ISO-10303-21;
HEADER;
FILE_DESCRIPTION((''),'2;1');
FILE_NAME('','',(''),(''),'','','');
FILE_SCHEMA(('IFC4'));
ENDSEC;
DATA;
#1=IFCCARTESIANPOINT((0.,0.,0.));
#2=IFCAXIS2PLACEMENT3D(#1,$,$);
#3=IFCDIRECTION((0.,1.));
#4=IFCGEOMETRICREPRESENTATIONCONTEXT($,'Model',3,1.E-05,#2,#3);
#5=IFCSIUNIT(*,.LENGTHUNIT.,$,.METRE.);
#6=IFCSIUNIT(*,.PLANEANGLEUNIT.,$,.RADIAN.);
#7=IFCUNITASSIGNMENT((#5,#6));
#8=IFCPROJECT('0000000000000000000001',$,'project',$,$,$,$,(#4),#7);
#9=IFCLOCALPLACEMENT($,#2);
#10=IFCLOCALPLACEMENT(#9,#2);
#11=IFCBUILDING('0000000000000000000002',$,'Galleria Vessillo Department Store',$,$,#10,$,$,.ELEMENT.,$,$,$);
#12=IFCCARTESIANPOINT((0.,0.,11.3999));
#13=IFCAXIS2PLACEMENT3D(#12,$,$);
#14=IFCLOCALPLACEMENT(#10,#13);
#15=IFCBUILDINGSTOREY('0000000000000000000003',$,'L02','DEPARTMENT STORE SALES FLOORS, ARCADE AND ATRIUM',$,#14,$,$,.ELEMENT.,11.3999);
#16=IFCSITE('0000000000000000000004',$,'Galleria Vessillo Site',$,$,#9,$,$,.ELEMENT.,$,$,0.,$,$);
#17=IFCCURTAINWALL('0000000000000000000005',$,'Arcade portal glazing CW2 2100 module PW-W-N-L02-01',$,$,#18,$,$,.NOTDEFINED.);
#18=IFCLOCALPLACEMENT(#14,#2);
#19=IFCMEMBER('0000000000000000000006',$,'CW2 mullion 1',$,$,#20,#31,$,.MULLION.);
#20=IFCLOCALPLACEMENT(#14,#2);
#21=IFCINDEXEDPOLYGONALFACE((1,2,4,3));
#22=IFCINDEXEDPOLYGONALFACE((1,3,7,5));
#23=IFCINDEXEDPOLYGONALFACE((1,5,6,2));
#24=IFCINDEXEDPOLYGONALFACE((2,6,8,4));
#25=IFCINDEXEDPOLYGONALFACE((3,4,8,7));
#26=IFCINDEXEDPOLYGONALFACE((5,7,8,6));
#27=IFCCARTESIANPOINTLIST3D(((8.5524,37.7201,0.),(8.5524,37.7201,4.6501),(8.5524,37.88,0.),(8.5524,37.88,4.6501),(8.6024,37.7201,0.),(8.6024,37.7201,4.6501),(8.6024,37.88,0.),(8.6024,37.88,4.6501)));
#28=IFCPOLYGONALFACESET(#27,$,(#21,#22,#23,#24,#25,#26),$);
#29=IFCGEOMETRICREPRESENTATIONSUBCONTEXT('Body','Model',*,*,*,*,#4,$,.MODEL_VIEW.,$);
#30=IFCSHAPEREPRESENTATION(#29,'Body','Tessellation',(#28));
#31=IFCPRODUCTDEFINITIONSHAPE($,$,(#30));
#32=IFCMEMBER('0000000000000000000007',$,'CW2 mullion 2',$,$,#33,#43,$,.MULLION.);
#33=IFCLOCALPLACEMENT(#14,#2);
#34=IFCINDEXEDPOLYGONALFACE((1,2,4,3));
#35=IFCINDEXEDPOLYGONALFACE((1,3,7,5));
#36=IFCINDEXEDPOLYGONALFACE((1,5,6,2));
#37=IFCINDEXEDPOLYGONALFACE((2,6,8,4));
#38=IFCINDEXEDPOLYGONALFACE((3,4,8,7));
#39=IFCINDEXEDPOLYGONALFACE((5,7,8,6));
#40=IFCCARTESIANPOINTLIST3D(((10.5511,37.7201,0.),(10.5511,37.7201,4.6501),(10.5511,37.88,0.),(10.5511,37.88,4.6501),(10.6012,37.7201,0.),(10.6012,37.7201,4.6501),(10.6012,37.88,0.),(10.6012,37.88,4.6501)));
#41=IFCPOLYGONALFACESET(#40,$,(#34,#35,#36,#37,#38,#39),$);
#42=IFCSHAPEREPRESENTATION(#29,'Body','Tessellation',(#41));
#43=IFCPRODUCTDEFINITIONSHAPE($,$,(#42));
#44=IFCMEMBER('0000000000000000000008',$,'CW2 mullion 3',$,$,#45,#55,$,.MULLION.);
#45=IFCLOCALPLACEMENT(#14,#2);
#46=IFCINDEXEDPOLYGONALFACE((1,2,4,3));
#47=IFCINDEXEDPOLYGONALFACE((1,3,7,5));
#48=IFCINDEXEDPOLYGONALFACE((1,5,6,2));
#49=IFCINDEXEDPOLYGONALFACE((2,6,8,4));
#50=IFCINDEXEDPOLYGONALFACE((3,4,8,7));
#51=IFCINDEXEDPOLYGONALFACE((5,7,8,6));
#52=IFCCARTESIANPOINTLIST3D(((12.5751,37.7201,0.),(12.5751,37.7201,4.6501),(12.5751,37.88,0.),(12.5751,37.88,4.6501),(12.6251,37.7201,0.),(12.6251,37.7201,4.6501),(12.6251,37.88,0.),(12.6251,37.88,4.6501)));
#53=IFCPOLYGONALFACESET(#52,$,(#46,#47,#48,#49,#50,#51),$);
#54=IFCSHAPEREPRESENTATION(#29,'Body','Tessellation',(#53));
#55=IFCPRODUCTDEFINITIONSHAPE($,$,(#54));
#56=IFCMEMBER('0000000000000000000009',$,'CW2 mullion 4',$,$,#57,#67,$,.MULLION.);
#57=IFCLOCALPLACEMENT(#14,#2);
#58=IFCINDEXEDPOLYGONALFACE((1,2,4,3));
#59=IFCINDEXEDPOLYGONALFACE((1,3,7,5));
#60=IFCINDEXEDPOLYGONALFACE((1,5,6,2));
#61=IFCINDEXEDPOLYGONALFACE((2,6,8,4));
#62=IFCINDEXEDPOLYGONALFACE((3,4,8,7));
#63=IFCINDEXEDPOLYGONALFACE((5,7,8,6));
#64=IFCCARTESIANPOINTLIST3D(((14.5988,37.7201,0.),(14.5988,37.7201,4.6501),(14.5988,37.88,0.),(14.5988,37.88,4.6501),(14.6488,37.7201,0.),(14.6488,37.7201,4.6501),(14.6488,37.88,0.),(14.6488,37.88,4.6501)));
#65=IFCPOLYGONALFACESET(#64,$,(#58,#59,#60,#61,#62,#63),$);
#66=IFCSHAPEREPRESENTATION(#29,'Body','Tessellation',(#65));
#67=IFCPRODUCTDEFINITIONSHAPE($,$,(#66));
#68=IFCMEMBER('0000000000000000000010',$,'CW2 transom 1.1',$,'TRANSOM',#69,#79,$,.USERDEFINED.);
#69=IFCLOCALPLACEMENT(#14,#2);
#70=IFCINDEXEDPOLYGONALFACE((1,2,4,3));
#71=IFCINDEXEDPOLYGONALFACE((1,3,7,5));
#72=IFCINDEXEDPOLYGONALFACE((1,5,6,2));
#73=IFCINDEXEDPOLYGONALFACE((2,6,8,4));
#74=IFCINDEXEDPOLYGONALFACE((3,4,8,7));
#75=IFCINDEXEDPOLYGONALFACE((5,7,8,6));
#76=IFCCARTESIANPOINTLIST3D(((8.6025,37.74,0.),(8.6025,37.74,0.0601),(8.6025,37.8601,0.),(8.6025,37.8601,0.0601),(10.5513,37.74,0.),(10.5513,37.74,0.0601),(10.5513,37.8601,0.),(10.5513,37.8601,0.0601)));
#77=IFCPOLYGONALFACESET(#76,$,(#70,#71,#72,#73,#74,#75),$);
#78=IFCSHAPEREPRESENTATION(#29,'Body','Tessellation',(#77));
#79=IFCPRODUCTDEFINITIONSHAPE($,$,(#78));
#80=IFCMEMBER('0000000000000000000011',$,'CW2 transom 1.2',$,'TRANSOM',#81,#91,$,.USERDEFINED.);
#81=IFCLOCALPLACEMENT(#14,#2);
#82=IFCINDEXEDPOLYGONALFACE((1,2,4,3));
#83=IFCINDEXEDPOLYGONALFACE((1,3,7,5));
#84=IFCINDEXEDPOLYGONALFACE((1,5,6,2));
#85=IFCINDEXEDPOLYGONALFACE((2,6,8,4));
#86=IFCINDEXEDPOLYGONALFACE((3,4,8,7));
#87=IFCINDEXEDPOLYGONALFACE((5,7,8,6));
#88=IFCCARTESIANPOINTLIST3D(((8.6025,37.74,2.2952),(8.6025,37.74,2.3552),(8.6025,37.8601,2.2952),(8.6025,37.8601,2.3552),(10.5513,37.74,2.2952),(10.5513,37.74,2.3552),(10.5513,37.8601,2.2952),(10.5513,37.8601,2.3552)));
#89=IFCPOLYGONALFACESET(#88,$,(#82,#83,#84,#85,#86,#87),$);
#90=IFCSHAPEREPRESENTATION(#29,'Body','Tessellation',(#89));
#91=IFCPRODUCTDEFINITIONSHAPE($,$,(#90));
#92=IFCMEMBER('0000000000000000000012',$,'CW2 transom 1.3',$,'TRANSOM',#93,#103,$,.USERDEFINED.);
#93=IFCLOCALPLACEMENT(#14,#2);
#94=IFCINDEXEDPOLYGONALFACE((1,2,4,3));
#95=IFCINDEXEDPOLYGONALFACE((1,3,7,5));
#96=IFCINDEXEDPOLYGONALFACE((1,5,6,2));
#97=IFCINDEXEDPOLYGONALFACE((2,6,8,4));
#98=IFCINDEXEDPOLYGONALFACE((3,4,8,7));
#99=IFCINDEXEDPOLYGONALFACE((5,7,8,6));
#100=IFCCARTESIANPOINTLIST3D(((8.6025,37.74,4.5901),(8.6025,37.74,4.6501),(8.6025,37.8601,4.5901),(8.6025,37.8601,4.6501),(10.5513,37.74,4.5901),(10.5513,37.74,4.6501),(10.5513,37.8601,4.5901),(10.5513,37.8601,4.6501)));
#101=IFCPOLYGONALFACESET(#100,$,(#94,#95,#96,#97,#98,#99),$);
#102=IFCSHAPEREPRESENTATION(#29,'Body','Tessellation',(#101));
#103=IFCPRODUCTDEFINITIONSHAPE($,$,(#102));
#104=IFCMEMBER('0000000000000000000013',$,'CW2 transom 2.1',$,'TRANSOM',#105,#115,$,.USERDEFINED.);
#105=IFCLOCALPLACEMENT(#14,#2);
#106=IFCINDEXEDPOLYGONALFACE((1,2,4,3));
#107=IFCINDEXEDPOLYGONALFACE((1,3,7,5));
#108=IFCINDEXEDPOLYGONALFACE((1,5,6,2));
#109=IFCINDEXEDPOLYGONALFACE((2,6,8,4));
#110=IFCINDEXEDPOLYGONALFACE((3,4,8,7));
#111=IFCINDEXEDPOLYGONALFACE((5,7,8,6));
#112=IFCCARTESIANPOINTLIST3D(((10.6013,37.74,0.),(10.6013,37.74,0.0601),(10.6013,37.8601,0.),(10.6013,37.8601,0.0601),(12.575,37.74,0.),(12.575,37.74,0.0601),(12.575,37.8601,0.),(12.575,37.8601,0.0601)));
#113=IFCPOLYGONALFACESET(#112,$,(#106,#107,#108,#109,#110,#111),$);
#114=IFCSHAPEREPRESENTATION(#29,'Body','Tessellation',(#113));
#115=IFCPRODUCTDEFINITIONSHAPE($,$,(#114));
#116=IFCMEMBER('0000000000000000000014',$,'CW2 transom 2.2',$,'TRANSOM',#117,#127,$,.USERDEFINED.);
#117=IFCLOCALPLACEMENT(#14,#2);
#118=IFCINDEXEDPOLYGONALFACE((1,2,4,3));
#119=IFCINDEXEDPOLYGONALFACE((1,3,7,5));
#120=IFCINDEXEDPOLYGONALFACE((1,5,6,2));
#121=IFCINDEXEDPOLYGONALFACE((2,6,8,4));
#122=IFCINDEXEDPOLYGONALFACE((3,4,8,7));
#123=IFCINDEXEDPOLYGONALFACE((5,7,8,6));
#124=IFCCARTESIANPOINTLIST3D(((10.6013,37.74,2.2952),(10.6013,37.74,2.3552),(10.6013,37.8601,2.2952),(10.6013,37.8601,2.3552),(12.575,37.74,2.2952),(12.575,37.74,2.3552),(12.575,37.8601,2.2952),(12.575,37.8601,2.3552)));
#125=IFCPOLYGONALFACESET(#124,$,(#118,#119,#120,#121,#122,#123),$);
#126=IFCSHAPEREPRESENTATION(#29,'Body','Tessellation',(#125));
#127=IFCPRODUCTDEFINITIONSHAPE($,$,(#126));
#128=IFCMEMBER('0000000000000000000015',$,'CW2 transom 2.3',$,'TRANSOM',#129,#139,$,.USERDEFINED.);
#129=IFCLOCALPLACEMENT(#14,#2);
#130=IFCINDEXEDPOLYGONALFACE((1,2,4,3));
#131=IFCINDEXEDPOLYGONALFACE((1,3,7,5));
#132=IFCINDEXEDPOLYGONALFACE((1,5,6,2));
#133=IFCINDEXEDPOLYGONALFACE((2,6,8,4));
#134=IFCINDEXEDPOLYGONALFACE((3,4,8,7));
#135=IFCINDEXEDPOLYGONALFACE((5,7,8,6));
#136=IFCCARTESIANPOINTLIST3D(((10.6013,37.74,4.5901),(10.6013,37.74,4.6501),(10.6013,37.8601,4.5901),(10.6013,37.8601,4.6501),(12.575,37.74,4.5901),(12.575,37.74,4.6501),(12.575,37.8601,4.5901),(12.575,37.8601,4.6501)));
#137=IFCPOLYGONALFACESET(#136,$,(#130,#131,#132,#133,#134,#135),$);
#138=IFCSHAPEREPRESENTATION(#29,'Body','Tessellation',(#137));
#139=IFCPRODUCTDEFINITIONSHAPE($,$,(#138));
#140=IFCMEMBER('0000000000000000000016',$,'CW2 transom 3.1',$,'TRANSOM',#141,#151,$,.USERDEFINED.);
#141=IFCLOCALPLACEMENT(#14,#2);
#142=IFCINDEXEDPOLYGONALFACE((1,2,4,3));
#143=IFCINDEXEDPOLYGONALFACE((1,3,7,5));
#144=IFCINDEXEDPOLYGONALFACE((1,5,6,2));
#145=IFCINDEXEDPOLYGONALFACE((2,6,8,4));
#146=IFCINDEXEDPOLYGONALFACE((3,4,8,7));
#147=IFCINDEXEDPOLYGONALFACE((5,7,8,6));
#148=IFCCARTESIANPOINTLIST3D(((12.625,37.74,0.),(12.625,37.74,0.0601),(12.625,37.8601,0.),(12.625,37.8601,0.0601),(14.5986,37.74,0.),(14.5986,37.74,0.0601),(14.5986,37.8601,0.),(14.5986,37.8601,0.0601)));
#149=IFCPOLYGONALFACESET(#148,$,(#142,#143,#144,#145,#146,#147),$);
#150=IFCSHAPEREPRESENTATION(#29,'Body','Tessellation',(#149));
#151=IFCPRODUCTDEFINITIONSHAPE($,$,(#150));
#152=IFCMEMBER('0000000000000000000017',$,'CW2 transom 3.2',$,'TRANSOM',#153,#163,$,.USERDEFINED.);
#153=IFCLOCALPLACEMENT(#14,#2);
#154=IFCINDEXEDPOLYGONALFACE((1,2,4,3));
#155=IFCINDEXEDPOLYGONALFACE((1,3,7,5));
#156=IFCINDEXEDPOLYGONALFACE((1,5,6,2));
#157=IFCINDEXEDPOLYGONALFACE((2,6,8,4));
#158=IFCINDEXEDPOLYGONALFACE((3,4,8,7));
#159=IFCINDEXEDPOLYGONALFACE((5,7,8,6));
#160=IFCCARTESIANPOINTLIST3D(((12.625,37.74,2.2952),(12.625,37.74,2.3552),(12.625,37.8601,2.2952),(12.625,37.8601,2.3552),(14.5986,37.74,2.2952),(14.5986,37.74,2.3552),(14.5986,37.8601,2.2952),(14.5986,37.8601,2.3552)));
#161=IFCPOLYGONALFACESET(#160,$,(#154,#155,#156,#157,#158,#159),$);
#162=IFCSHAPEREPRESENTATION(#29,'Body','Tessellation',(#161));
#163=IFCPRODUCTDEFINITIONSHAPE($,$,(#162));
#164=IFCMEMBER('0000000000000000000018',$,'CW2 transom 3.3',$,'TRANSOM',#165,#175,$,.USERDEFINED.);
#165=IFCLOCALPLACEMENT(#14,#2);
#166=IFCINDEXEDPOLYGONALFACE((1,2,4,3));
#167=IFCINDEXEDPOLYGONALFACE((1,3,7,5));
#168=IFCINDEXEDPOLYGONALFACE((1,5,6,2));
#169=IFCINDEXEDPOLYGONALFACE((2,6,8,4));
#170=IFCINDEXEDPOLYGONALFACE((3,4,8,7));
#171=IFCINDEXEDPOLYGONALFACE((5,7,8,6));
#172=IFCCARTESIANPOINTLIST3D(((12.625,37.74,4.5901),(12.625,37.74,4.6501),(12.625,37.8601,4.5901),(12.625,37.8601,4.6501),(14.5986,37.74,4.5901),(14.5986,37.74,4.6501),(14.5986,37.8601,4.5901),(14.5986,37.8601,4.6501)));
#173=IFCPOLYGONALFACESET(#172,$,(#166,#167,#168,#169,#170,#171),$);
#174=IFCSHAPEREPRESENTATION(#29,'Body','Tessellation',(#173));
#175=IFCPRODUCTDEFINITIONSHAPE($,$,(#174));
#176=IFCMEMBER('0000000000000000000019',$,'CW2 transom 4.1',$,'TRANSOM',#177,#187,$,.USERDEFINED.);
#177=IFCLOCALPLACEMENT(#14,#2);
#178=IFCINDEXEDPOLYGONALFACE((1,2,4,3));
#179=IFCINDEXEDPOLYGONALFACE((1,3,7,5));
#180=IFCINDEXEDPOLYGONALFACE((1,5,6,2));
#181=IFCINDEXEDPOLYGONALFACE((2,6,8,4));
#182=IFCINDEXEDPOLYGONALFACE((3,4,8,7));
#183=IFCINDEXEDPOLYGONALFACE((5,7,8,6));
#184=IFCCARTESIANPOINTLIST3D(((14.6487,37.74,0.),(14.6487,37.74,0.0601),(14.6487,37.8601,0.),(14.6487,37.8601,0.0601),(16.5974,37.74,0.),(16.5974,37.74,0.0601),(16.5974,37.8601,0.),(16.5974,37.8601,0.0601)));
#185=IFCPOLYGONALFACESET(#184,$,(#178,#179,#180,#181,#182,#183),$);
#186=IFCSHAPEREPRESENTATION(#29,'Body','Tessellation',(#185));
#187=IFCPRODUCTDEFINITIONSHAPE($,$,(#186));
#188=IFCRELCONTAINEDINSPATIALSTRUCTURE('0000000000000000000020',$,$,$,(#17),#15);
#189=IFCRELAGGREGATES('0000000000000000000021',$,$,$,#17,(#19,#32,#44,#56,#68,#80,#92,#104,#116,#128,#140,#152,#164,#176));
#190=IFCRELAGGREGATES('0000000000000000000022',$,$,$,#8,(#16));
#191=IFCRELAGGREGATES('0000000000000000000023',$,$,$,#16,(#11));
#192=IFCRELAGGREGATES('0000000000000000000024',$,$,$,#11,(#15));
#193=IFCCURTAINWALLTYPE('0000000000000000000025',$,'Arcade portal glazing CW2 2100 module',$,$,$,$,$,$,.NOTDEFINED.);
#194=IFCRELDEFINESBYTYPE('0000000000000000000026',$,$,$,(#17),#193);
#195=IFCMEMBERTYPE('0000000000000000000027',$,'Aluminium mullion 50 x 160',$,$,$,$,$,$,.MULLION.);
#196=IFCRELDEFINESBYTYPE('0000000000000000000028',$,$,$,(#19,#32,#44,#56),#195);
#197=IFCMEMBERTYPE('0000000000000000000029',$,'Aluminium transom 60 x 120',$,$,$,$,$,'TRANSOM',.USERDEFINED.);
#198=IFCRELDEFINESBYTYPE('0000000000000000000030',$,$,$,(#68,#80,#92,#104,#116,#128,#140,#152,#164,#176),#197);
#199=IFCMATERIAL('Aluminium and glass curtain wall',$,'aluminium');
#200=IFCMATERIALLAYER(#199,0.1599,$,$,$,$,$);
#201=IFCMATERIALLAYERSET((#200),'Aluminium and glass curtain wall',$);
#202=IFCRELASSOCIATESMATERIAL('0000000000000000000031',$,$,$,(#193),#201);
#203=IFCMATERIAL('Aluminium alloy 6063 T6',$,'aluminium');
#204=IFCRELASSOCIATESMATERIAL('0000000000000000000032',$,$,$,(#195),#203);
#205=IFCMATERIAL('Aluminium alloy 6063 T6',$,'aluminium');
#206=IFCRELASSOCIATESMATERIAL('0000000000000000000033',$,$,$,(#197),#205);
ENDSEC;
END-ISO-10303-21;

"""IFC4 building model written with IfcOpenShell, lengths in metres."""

from ifc_helpers import new_model, si_unit, direction, frame, origin, origin_2d, place, context, subcontext, project, spatial, rectangle, extrude, material, layer, layer_set, material_profile, profile_set, type_object, element, aggregate, save


model = new_model("IFC4")

# Units and contexts
model_context = context("Model", 3, precision=1e-05, world=origin(), true_north=direction((0.0, 1.0)))
body_context = subcontext(model_context, "Body", "Model", "MODEL_VIEW")
ifc_project = project(units=[si_unit("LENGTHUNIT", "METRE"), si_unit("PLANEANGLEUNIT", "RADIAN")], contexts=[model_context])

# Site, building, storey
site_placement = place(None, origin())
site = spatial("IfcSite", under=ifc_project, at=site_placement, Name="Galleria Vessillo Site", CompositionType="ELEMENT", RefElevation=0.0)
building_placement = place(site_placement, origin())
building = spatial("IfcBuilding", under=site, at=building_placement, Name="Galleria Vessillo Department Store", CompositionType="ELEMENT")
storey_placement = place(building_placement, frame((0.0, 0.0, 11.3999)))
storey = spatial("IfcBuildingStorey", under=building, at=storey_placement, Name="L02", Description="DEPARTMENT STORE SALES FLOORS, ARCADE AND ATRIUM", CompositionType="ELEMENT", Elevation=11.3999)

# Curtain wall, members
ifc_material_1 = material(Name="Aluminium and glass curtain wall", Category="aluminium")
ifc_layer_1 = layer(ifc_material_1, 0.1599)
ifc_layer_set_1 = layer_set([ifc_layer_1], Name="Aluminium and glass curtain wall")
curtain_wall_type_1 = type_object("IfcCurtainWallType", Name="Arcade portal glazing CW2 2100 module", PredefinedType="NOTDEFINED", material=ifc_layer_set_1)
curtain_wall_1_placement = place(storey_placement, origin())
curtain_wall_1 = element("IfcCurtainWall", 1, at=curtain_wall_1_placement, inside=storey, type_object=curtain_wall_type_1, Name="Arcade portal glazing CW2 2100 module PW-W-N-L02-01", PredefinedType="NOTDEFINED")
ifc_material_2 = material(Name="Aluminium alloy 6063 T6", Category="aluminium")
ifc_material_profile_1 = material_profile(ifc_material_2, rectangle(XDim=0.1599, YDim=0.05, at=origin_2d()), Name="AL 50x160")
ifc_profile_set_1 = profile_set([ifc_material_profile_1], Name="Aluminium alloy 6063 T6")
member_type_1 = type_object("IfcMemberType", Name="Aluminium mullion 50 x 160", PredefinedType="MULLION", material=ifc_profile_set_1)
member_1_placement = place(storey_placement, frame((8.5774, 37.8, 0.0), z_axis=(0.0, 0.0, 1.0), x_axis=(0.0, 1.0, 0.0)))
member_1 = element("IfcMember", 2, at=member_1_placement, type_object=member_type_1, Name="CW2 mullion 1", PredefinedType="MULLION", context=body_context, shape_type="SweptSolid", body=[
    extrude(rectangle(XDim=0.1599, YDim=0.05, at=origin_2d()), origin(), (0.0, 0.0, 1.0), 4.6501),
])
member_2_placement = place(storey_placement, frame((10.5762, 37.8, 0.0), z_axis=(0.0, 0.0, 1.0), x_axis=(0.0, 1.0, 0.0)))
member_2 = element("IfcMember", 3, at=member_2_placement, type_object=member_type_1, Name="CW2 mullion 2", PredefinedType="MULLION", context=body_context, shape_type="SweptSolid", body=[
    extrude(rectangle(XDim=0.1599, YDim=0.05, at=origin_2d()), origin(), (0.0, 0.0, 1.0), 4.6501),
])
member_3_placement = place(storey_placement, frame((12.6001, 37.8, 0.0), z_axis=(0.0, 0.0, 1.0), x_axis=(0.0, 1.0, 0.0)))
member_3 = element("IfcMember", 4, at=member_3_placement, type_object=member_type_1, Name="CW2 mullion 3", PredefinedType="MULLION", context=body_context, shape_type="SweptSolid", body=[
    extrude(rectangle(XDim=0.1599, YDim=0.05, at=origin_2d()), origin(), (0.0, 0.0, 1.0), 4.6501),
])
member_4_placement = place(storey_placement, frame((14.6238, 37.8, 0.0), z_axis=(0.0, 0.0, 1.0), x_axis=(0.0, 1.0, 0.0)))
member_4 = element("IfcMember", 5, at=member_4_placement, type_object=member_type_1, Name="CW2 mullion 4", PredefinedType="MULLION", context=body_context, shape_type="SweptSolid", body=[
    extrude(rectangle(XDim=0.1599, YDim=0.05, at=origin_2d()), origin(), (0.0, 0.0, 1.0), 4.6501),
])
ifc_material_3 = material(Name="Aluminium alloy 6063 T6", Category="aluminium")
ifc_material_profile_2 = material_profile(ifc_material_3, rectangle(XDim=0.1201, YDim=0.0601, at=origin_2d()), Name="AL 60x120")
ifc_profile_set_2 = profile_set([ifc_material_profile_2], Name="Aluminium alloy 6063 T6")
member_type_2 = type_object("IfcMemberType", Name="Aluminium transom 60 x 120", ElementType="TRANSOM", PredefinedType="USERDEFINED", material=ifc_profile_set_2)
member_5_placement = place(storey_placement, frame((8.6025, 37.8, 0.03), z_axis=(1.0, 0.0, 0.0), x_axis=(0.0, 1.0, 0.0)))
member_5 = element("IfcMember", 6, at=member_5_placement, type_object=member_type_2, Name="CW2 transom 1.1", ObjectType="TRANSOM", PredefinedType="USERDEFINED", context=body_context, shape_type="SweptSolid", body=[
    extrude(rectangle(XDim=0.1201, YDim=0.0601, at=origin_2d()), origin(), (0.0, 0.0, 1.0), 1.9487),
])
member_6_placement = place(storey_placement, frame((8.6025, 37.8, 2.3252), z_axis=(1.0, 0.0, 0.0), x_axis=(0.0, 1.0, 0.0)))
member_6 = element("IfcMember", 7, at=member_6_placement, type_object=member_type_2, Name="CW2 transom 1.2", ObjectType="TRANSOM", PredefinedType="USERDEFINED", context=body_context, shape_type="SweptSolid", body=[
    extrude(rectangle(XDim=0.1201, YDim=0.0601, at=origin_2d()), origin(), (0.0, 0.0, 1.0), 1.9487),
])
member_7_placement = place(storey_placement, frame((8.6025, 37.8, 4.6201), z_axis=(1.0, 0.0, 0.0), x_axis=(0.0, 1.0, 0.0)))
member_7 = element("IfcMember", 8, at=member_7_placement, type_object=member_type_2, Name="CW2 transom 1.3", ObjectType="TRANSOM", PredefinedType="USERDEFINED", context=body_context, shape_type="SweptSolid", body=[
    extrude(rectangle(XDim=0.1201, YDim=0.0601, at=origin_2d()), origin(), (0.0, 0.0, 1.0), 1.9487),
])
member_8_placement = place(storey_placement, frame((10.6013, 37.8, 0.03), z_axis=(1.0, 0.0, 0.0), x_axis=(0.0, 1.0, 0.0)))
member_8 = element("IfcMember", 9, at=member_8_placement, type_object=member_type_2, Name="CW2 transom 2.1", ObjectType="TRANSOM", PredefinedType="USERDEFINED", context=body_context, shape_type="SweptSolid", body=[
    extrude(rectangle(XDim=0.1201, YDim=0.0601, at=origin_2d()), origin(), (0.0, 0.0, 1.0), 1.9736),
])
member_9_placement = place(storey_placement, frame((10.6013, 37.8, 2.3252), z_axis=(1.0, 0.0, 0.0), x_axis=(0.0, 1.0, 0.0)))
member_9 = element("IfcMember", 10, at=member_9_placement, type_object=member_type_2, Name="CW2 transom 2.2", ObjectType="TRANSOM", PredefinedType="USERDEFINED", context=body_context, shape_type="SweptSolid", body=[
    extrude(rectangle(XDim=0.1201, YDim=0.0601, at=origin_2d()), origin(), (0.0, 0.0, 1.0), 1.9736),
])
member_10_placement = place(storey_placement, frame((10.6013, 37.8, 4.6201), z_axis=(1.0, 0.0, 0.0), x_axis=(0.0, 1.0, 0.0)))
member_10 = element("IfcMember", 11, at=member_10_placement, type_object=member_type_2, Name="CW2 transom 2.3", ObjectType="TRANSOM", PredefinedType="USERDEFINED", context=body_context, shape_type="SweptSolid", body=[
    extrude(rectangle(XDim=0.1201, YDim=0.0601, at=origin_2d()), origin(), (0.0, 0.0, 1.0), 1.9736),
])
member_11_placement = place(storey_placement, frame((12.625, 37.8, 0.03), z_axis=(1.0, 0.0, 0.0), x_axis=(0.0, 1.0, 0.0)))
member_11 = element("IfcMember", 12, at=member_11_placement, type_object=member_type_2, Name="CW2 transom 3.1", ObjectType="TRANSOM", PredefinedType="USERDEFINED", context=body_context, shape_type="SweptSolid", body=[
    extrude(rectangle(XDim=0.1201, YDim=0.0601, at=origin_2d()), origin(), (0.0, 0.0, 1.0), 1.9736),
])
member_12_placement = place(storey_placement, frame((12.625, 37.8, 2.3252), z_axis=(1.0, 0.0, 0.0), x_axis=(0.0, 1.0, 0.0)))
member_12 = element("IfcMember", 13, at=member_12_placement, type_object=member_type_2, Name="CW2 transom 3.2", ObjectType="TRANSOM", PredefinedType="USERDEFINED", context=body_context, shape_type="SweptSolid", body=[
    extrude(rectangle(XDim=0.1201, YDim=0.0601, at=origin_2d()), origin(), (0.0, 0.0, 1.0), 1.9736),
])
member_13_placement = place(storey_placement, frame((12.625, 37.8, 4.6201), z_axis=(1.0, 0.0, 0.0), x_axis=(0.0, 1.0, 0.0)))
member_13 = element("IfcMember", 14, at=member_13_placement, type_object=member_type_2, Name="CW2 transom 3.3", ObjectType="TRANSOM", PredefinedType="USERDEFINED", context=body_context, shape_type="SweptSolid", body=[
    extrude(rectangle(XDim=0.1201, YDim=0.0601, at=origin_2d()), origin(), (0.0, 0.0, 1.0), 1.9736),
])
member_14_placement = place(storey_placement, frame((14.6487, 37.8, 0.03), z_axis=(1.0, 0.0, 0.0), x_axis=(0.0, 1.0, 0.0)))
member_14 = element("IfcMember", 15, at=member_14_placement, type_object=member_type_2, Name="CW2 transom 4.1", ObjectType="TRANSOM", PredefinedType="USERDEFINED", context=body_context, shape_type="SweptSolid", body=[
    extrude(rectangle(XDim=0.1201, YDim=0.0601, at=origin_2d()), origin(), (0.0, 0.0, 1.0), 1.9487),
])

aggregate(curtain_wall_1, [member_1, member_2, member_3, member_4, member_5, member_6, member_7, member_8, member_9, member_10, member_11, member_12, member_13, member_14])

save(model, "model.ifc")
